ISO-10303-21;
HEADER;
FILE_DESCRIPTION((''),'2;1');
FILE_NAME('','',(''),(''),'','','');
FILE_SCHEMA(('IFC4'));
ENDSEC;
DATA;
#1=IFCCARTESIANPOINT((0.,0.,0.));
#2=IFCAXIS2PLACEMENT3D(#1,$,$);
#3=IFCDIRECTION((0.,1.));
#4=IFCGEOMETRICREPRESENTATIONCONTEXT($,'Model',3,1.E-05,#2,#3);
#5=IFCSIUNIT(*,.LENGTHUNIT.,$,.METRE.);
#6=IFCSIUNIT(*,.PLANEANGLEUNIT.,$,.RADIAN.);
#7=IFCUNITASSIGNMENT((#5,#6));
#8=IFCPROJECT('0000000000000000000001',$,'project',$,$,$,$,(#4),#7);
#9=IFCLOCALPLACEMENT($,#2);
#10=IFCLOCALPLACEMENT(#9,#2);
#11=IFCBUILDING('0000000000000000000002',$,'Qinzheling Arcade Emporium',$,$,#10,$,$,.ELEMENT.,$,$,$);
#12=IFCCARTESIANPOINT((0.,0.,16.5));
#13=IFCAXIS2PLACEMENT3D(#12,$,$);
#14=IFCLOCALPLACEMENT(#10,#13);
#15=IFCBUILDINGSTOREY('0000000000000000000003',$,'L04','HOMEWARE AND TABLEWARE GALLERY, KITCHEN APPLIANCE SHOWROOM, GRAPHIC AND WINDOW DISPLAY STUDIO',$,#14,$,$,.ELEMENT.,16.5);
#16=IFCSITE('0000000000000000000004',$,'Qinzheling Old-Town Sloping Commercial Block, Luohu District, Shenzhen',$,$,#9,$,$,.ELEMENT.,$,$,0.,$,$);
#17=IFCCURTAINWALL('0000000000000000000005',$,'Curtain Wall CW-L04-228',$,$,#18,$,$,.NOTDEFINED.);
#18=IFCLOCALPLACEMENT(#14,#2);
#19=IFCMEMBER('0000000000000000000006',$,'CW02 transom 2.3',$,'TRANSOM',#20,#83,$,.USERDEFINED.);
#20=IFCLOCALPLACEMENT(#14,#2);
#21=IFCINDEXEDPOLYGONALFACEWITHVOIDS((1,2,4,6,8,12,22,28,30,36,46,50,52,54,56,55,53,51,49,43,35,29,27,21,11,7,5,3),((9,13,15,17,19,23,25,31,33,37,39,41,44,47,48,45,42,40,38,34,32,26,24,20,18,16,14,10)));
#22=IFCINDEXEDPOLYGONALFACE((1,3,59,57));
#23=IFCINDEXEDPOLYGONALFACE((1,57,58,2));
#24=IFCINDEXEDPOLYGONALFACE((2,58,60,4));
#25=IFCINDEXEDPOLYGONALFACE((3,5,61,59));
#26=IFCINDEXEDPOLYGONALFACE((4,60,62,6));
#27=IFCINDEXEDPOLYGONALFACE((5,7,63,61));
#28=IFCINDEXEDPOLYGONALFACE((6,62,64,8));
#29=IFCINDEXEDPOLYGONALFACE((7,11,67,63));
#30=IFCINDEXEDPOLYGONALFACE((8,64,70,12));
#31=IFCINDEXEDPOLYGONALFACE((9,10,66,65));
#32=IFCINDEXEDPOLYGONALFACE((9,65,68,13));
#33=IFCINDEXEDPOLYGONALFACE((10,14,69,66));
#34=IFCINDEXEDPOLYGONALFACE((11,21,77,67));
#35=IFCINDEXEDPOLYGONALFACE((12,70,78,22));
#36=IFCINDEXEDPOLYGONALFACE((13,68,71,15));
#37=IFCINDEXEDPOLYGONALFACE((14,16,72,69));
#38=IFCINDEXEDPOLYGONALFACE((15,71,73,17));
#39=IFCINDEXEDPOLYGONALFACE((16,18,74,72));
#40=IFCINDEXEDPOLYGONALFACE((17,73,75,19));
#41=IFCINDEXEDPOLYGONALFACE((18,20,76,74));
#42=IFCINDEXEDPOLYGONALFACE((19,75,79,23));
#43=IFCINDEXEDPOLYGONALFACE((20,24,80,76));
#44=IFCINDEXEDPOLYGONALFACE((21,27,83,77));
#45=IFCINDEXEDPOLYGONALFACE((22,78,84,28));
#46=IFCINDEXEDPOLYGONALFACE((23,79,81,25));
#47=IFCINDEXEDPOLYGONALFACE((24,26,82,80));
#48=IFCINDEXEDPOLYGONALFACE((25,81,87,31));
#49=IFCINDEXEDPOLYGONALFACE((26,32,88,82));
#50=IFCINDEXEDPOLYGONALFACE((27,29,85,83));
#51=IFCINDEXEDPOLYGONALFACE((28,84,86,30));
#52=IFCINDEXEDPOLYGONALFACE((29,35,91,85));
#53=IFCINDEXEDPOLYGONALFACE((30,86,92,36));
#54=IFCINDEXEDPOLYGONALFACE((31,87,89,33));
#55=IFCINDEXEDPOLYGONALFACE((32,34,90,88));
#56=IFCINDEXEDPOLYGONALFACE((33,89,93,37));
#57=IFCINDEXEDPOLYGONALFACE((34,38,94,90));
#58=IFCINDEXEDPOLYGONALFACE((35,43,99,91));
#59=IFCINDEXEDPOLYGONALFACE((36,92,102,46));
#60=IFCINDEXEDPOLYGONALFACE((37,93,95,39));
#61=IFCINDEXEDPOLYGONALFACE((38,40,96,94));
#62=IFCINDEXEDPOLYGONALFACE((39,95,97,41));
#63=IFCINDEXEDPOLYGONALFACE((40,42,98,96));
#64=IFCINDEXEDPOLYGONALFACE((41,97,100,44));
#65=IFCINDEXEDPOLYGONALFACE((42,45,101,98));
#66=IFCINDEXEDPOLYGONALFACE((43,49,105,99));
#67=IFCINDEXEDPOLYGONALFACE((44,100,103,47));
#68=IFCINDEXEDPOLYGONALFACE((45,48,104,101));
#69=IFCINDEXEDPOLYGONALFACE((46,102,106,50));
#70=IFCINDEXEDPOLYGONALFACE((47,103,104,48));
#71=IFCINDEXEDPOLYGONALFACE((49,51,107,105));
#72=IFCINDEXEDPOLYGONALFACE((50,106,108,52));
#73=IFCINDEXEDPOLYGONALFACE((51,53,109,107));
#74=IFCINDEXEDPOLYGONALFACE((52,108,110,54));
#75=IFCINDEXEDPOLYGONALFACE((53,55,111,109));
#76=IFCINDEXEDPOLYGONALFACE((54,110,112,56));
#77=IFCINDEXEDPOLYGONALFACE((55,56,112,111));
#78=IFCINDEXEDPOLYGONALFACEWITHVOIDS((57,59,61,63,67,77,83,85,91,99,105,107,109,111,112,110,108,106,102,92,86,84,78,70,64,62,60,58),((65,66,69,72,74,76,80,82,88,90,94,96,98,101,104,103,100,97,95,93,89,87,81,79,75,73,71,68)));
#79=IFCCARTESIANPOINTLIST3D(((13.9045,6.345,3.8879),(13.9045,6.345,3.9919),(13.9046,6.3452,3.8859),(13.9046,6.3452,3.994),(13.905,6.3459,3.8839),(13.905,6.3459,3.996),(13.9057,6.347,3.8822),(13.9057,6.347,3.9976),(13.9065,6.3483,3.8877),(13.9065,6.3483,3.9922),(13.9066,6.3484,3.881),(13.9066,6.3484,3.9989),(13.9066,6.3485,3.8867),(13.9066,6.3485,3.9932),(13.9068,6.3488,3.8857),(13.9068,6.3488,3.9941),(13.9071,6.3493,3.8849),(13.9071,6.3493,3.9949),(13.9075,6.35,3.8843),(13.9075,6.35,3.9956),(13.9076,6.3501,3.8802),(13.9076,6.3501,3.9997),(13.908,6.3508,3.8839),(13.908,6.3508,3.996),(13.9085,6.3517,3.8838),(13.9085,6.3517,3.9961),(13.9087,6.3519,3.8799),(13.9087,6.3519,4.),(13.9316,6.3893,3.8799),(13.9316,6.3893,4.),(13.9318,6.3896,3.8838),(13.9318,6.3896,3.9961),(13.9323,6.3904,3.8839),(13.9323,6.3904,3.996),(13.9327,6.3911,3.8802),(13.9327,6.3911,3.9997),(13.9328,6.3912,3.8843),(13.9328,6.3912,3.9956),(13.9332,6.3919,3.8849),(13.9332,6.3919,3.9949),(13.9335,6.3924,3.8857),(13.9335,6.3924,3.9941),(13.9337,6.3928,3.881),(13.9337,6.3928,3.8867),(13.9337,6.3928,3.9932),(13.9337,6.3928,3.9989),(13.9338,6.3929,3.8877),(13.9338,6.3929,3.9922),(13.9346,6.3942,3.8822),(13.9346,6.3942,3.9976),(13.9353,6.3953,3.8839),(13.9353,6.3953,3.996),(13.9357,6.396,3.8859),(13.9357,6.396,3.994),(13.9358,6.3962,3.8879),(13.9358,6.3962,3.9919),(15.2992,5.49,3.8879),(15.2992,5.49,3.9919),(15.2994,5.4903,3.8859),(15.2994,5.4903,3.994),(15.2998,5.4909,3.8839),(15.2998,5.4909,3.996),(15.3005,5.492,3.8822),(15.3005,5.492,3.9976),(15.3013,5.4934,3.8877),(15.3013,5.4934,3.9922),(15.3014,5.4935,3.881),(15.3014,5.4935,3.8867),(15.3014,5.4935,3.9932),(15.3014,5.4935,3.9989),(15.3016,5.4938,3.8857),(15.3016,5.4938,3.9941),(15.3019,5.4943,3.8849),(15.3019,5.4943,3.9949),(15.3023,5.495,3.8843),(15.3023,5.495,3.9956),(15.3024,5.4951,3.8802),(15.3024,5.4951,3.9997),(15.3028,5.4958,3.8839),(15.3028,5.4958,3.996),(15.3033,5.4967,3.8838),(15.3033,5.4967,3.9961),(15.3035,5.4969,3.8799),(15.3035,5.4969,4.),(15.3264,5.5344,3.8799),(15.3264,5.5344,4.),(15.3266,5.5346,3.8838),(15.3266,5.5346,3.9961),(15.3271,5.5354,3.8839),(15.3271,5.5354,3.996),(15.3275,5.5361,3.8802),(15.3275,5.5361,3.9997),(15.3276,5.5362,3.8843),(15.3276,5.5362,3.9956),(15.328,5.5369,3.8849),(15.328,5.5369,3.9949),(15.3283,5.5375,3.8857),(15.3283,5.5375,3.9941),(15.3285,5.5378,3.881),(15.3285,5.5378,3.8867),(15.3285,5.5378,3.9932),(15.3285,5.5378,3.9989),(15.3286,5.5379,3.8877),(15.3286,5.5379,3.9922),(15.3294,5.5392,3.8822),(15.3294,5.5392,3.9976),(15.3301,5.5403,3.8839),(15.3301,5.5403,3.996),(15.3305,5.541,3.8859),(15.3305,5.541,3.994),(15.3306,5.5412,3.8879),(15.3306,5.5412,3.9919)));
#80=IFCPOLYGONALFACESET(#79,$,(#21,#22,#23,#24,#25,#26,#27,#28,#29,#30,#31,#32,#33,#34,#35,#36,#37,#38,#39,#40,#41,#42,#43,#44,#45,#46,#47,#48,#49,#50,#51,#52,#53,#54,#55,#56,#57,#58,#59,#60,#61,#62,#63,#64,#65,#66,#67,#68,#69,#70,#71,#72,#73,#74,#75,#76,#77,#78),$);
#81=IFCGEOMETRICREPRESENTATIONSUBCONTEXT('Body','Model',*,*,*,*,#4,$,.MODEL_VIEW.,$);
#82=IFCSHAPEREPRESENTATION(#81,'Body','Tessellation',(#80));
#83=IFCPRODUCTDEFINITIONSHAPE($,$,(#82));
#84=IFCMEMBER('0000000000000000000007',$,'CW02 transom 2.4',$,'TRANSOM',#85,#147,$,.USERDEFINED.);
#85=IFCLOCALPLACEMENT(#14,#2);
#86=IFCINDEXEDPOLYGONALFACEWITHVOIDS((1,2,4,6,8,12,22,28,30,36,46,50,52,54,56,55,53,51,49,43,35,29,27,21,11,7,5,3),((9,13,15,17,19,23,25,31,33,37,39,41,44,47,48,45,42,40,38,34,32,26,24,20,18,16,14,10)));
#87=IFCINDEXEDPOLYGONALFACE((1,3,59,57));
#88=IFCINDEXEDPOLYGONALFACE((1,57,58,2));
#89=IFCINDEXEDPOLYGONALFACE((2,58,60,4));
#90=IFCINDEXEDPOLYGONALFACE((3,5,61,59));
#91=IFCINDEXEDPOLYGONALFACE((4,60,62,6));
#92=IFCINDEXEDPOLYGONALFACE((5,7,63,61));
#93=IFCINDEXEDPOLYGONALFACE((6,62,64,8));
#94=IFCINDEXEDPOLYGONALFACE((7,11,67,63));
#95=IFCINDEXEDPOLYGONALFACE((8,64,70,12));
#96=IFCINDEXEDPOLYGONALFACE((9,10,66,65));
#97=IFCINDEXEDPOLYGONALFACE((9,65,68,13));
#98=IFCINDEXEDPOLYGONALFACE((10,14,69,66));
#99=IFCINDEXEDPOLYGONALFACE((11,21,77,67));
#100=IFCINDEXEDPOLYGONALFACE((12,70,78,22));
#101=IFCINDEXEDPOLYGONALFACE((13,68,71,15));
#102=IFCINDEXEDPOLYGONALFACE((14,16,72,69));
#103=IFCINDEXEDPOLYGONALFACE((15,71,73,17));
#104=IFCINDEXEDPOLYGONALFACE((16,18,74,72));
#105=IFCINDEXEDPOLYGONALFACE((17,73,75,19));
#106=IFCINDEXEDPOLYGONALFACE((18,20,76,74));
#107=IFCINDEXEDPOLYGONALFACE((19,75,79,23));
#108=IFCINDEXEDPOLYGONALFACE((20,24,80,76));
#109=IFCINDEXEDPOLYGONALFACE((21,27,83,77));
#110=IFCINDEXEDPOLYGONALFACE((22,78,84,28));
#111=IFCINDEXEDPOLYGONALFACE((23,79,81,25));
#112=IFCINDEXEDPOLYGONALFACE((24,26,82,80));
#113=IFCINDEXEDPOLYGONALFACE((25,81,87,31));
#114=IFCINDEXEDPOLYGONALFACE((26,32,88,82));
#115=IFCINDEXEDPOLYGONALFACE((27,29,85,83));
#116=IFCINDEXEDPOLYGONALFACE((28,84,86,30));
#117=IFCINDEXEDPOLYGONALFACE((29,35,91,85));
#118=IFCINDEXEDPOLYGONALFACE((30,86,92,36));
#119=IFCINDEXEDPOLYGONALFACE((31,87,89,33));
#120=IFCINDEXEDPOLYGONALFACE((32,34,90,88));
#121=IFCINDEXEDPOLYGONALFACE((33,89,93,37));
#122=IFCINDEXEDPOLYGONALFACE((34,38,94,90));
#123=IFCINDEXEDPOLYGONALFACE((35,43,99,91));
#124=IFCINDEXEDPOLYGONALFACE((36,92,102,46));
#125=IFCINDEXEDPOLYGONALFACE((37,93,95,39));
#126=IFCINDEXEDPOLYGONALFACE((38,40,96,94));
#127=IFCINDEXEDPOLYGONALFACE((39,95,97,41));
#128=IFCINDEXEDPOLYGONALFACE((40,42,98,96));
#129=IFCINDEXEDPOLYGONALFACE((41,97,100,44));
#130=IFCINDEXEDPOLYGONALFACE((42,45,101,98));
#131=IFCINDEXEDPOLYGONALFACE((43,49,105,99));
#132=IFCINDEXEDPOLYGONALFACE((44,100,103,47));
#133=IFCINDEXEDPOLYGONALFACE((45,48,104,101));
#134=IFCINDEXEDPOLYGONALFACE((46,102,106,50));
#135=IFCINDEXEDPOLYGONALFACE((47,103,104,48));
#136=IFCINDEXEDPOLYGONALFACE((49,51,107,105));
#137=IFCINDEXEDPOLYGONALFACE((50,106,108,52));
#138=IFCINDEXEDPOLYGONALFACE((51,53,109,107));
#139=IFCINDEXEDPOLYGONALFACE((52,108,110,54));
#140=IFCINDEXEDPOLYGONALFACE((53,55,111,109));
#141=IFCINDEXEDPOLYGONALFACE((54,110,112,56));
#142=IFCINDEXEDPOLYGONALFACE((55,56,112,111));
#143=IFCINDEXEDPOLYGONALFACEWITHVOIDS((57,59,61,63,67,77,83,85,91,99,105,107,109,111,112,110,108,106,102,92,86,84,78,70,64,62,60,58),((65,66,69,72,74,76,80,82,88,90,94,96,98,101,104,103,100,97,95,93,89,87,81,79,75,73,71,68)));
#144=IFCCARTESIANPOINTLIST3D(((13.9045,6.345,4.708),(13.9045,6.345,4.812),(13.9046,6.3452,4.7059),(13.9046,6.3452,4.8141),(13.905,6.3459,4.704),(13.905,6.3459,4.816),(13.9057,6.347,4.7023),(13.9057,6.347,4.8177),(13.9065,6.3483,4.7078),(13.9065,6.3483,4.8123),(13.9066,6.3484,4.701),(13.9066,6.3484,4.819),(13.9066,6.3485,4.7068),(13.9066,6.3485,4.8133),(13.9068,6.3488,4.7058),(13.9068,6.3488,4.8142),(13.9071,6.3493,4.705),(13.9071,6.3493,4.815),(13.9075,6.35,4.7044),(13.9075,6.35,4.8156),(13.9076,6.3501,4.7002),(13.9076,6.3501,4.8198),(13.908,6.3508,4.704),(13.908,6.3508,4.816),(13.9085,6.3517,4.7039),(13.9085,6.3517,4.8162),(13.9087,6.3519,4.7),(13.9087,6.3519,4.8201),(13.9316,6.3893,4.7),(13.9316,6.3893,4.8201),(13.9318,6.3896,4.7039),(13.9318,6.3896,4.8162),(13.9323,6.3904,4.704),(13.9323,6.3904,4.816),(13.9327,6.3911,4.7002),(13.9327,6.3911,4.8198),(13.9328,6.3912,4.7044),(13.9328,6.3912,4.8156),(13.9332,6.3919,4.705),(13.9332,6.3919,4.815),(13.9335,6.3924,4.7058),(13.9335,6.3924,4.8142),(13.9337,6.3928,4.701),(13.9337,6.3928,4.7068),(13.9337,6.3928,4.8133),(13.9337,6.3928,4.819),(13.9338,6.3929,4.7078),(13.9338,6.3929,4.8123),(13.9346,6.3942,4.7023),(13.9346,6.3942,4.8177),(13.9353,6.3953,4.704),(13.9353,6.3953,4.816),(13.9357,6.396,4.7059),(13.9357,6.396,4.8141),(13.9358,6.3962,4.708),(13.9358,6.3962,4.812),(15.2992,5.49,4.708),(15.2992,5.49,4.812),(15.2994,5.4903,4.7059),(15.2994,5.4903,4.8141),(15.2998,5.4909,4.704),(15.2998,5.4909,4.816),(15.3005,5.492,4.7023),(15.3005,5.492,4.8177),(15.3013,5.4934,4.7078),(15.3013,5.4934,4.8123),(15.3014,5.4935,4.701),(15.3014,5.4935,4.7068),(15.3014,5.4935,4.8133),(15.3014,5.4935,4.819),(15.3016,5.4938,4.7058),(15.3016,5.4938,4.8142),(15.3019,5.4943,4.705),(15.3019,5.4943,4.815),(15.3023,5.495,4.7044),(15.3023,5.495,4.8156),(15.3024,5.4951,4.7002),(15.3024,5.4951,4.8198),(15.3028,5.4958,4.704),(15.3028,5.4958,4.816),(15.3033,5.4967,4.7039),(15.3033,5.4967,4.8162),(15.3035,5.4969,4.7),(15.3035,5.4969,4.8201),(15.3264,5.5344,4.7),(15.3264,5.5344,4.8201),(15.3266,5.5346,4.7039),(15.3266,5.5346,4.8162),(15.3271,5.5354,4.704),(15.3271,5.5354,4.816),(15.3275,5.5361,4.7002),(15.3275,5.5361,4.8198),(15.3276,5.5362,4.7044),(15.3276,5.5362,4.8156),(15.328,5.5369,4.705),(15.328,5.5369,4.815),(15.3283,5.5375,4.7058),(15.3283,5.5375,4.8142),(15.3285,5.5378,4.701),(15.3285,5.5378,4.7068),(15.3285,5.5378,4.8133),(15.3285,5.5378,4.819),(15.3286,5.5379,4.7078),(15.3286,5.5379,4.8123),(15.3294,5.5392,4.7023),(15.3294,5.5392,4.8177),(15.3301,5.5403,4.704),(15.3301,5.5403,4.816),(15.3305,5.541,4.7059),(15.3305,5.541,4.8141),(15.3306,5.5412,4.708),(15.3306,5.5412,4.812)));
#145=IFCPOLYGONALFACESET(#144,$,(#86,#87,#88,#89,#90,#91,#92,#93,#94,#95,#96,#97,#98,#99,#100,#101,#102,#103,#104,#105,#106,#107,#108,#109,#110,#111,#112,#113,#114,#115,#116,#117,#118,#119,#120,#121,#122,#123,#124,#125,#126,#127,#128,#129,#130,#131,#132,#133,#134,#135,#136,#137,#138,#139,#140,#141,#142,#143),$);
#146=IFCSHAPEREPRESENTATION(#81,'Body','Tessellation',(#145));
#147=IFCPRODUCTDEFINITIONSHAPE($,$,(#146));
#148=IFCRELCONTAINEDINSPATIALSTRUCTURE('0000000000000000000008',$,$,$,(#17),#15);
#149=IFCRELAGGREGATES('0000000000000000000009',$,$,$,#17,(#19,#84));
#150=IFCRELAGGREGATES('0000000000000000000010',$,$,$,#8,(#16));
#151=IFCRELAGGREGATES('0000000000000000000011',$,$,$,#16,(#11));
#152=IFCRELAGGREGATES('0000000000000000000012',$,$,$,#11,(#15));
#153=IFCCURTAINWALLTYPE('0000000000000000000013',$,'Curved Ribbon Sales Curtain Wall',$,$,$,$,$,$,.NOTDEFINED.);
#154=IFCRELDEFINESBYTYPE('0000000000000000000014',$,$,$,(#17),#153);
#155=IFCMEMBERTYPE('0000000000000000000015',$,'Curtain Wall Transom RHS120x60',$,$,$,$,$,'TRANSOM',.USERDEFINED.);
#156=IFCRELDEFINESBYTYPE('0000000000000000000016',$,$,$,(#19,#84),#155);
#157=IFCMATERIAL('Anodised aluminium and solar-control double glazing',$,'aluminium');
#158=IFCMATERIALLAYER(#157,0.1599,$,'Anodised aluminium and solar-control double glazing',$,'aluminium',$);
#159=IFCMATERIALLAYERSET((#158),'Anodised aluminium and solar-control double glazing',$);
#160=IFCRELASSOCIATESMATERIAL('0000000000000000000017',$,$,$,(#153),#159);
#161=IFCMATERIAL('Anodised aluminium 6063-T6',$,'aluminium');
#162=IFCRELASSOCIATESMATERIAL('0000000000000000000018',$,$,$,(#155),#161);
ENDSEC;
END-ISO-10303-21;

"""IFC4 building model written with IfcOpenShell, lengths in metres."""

from ifc_helpers import new_model, si_unit, direction, frame, origin, origin_2d, place, context, subcontext, project, spatial, hollow_rectangle, extrude, material, layer, layer_set, material_profile, profile_set, type_object, element, aggregate, save


model = new_model("IFC4")

# Units and contexts
model_context = context("Model", 3, precision=1e-05, world=origin(), true_north=direction((0.0, 1.0)))
body_context = subcontext(model_context, "Body", "Model", "MODEL_VIEW")
ifc_project = project(units=[si_unit("LENGTHUNIT", "METRE"), si_unit("PLANEANGLEUNIT", "RADIAN")], contexts=[model_context])

# Site, building, storey
site_placement = place(None, origin())
site = spatial("IfcSite", under=ifc_project, at=site_placement, Name="Qinzheling Old-Town Sloping Commercial Block, Luohu District, Shenzhen", CompositionType="ELEMENT", RefElevation=0.0)
building_placement = place(site_placement, origin())
building = spatial("IfcBuilding", under=site, at=building_placement, Name="Qinzheling Arcade Emporium", CompositionType="ELEMENT")
storey_placement = place(building_placement, frame((0.0, 0.0, 16.5)))
storey = spatial("IfcBuildingStorey", under=building, at=storey_placement, Name="L04", Description="HOMEWARE AND TABLEWARE GALLERY, KITCHEN APPLIANCE SHOWROOM, GRAPHIC AND WINDOW DISPLAY STUDIO", CompositionType="ELEMENT", Elevation=16.5)

# Shared definitions
ifc_material_1 = material(Name="Anodised aluminium and solar-control double glazing", Category="aluminium")
ifc_layer_1 = layer(ifc_material_1, 0.1599, Name="Anodised aluminium and solar-control double glazing", Category="aluminium")
ifc_layer_set_1 = layer_set([ifc_layer_1], Name="Anodised aluminium and solar-control double glazing")
curtain_wall_type = type_object("IfcCurtainWallType", Name="Curved Ribbon Sales Curtain Wall", PredefinedType="NOTDEFINED", material=ifc_layer_set_1)
ifc_material_2 = material(Name="Anodised aluminium 6063-T6", Category="aluminium")

# Curtain wall
curtain_wall_1_placement = place(storey_placement, origin())
curtain_wall_1 = element("IfcCurtainWall", 1, at=curtain_wall_1_placement, inside=storey, type_object=curtain_wall_type, Name="Curtain Wall CW-L04-228", PredefinedType="NOTDEFINED")

# Members
ifc_material_profile_1 = material_profile(ifc_material_2, hollow_rectangle(XDim=0.0601, YDim=0.1201, WallThickness=0.0039, InnerFilletRadius=0.0039, OuterFilletRadius=0.0081, at=origin_2d()), Name="RHS 120x60x4", Category="aluminium")
ifc_profile_set_1 = profile_set([ifc_material_profile_1], Name="Anodised aluminium 6063-T6")
member_type_1 = type_object("IfcMemberType", Name="Curtain Wall Transom RHS120x60", ElementType="TRANSOM", PredefinedType="USERDEFINED", material=ifc_profile_set_1)
member_1_placement = place(storey_placement, frame((15.3149, 5.5156, 3.9399), z_axis=(-0.852569, 0.522615, 0.0), x_axis=(-0.522615, -0.852569, 0.0)))
member_1 = element("IfcMember", 2, at=member_1_placement, type_object=member_type_1, Name="CW02 transom 2.3", ObjectType="TRANSOM", PredefinedType="USERDEFINED", context=body_context, shape_type="SweptSolid", body=[
    extrude(hollow_rectangle(XDim=0.0601, YDim=0.1201, WallThickness=0.0039, InnerFilletRadius=0.0039, OuterFilletRadius=0.0081, at=origin_2d()), origin(), (0.0, 0.0, 1.0), 1.636),
])
member_2_placement = place(storey_placement, frame((15.3149, 5.5156, 4.76), z_axis=(-0.852569, 0.522615, 0.0), x_axis=(-0.522615, -0.852569, 0.0)))
member_2 = element("IfcMember", 3, at=member_2_placement, type_object=member_type_1, Name="CW02 transom 2.4", ObjectType="TRANSOM", PredefinedType="USERDEFINED", context=body_context, shape_type="SweptSolid", body=[
    extrude(hollow_rectangle(XDim=0.0601, YDim=0.1201, WallThickness=0.0039, InnerFilletRadius=0.0039, OuterFilletRadius=0.0081, at=origin_2d()), origin(), (0.0, 0.0, 1.0), 1.636),
])

aggregate(curtain_wall_1, [member_1, member_2])

save(model, "model.ifc")
